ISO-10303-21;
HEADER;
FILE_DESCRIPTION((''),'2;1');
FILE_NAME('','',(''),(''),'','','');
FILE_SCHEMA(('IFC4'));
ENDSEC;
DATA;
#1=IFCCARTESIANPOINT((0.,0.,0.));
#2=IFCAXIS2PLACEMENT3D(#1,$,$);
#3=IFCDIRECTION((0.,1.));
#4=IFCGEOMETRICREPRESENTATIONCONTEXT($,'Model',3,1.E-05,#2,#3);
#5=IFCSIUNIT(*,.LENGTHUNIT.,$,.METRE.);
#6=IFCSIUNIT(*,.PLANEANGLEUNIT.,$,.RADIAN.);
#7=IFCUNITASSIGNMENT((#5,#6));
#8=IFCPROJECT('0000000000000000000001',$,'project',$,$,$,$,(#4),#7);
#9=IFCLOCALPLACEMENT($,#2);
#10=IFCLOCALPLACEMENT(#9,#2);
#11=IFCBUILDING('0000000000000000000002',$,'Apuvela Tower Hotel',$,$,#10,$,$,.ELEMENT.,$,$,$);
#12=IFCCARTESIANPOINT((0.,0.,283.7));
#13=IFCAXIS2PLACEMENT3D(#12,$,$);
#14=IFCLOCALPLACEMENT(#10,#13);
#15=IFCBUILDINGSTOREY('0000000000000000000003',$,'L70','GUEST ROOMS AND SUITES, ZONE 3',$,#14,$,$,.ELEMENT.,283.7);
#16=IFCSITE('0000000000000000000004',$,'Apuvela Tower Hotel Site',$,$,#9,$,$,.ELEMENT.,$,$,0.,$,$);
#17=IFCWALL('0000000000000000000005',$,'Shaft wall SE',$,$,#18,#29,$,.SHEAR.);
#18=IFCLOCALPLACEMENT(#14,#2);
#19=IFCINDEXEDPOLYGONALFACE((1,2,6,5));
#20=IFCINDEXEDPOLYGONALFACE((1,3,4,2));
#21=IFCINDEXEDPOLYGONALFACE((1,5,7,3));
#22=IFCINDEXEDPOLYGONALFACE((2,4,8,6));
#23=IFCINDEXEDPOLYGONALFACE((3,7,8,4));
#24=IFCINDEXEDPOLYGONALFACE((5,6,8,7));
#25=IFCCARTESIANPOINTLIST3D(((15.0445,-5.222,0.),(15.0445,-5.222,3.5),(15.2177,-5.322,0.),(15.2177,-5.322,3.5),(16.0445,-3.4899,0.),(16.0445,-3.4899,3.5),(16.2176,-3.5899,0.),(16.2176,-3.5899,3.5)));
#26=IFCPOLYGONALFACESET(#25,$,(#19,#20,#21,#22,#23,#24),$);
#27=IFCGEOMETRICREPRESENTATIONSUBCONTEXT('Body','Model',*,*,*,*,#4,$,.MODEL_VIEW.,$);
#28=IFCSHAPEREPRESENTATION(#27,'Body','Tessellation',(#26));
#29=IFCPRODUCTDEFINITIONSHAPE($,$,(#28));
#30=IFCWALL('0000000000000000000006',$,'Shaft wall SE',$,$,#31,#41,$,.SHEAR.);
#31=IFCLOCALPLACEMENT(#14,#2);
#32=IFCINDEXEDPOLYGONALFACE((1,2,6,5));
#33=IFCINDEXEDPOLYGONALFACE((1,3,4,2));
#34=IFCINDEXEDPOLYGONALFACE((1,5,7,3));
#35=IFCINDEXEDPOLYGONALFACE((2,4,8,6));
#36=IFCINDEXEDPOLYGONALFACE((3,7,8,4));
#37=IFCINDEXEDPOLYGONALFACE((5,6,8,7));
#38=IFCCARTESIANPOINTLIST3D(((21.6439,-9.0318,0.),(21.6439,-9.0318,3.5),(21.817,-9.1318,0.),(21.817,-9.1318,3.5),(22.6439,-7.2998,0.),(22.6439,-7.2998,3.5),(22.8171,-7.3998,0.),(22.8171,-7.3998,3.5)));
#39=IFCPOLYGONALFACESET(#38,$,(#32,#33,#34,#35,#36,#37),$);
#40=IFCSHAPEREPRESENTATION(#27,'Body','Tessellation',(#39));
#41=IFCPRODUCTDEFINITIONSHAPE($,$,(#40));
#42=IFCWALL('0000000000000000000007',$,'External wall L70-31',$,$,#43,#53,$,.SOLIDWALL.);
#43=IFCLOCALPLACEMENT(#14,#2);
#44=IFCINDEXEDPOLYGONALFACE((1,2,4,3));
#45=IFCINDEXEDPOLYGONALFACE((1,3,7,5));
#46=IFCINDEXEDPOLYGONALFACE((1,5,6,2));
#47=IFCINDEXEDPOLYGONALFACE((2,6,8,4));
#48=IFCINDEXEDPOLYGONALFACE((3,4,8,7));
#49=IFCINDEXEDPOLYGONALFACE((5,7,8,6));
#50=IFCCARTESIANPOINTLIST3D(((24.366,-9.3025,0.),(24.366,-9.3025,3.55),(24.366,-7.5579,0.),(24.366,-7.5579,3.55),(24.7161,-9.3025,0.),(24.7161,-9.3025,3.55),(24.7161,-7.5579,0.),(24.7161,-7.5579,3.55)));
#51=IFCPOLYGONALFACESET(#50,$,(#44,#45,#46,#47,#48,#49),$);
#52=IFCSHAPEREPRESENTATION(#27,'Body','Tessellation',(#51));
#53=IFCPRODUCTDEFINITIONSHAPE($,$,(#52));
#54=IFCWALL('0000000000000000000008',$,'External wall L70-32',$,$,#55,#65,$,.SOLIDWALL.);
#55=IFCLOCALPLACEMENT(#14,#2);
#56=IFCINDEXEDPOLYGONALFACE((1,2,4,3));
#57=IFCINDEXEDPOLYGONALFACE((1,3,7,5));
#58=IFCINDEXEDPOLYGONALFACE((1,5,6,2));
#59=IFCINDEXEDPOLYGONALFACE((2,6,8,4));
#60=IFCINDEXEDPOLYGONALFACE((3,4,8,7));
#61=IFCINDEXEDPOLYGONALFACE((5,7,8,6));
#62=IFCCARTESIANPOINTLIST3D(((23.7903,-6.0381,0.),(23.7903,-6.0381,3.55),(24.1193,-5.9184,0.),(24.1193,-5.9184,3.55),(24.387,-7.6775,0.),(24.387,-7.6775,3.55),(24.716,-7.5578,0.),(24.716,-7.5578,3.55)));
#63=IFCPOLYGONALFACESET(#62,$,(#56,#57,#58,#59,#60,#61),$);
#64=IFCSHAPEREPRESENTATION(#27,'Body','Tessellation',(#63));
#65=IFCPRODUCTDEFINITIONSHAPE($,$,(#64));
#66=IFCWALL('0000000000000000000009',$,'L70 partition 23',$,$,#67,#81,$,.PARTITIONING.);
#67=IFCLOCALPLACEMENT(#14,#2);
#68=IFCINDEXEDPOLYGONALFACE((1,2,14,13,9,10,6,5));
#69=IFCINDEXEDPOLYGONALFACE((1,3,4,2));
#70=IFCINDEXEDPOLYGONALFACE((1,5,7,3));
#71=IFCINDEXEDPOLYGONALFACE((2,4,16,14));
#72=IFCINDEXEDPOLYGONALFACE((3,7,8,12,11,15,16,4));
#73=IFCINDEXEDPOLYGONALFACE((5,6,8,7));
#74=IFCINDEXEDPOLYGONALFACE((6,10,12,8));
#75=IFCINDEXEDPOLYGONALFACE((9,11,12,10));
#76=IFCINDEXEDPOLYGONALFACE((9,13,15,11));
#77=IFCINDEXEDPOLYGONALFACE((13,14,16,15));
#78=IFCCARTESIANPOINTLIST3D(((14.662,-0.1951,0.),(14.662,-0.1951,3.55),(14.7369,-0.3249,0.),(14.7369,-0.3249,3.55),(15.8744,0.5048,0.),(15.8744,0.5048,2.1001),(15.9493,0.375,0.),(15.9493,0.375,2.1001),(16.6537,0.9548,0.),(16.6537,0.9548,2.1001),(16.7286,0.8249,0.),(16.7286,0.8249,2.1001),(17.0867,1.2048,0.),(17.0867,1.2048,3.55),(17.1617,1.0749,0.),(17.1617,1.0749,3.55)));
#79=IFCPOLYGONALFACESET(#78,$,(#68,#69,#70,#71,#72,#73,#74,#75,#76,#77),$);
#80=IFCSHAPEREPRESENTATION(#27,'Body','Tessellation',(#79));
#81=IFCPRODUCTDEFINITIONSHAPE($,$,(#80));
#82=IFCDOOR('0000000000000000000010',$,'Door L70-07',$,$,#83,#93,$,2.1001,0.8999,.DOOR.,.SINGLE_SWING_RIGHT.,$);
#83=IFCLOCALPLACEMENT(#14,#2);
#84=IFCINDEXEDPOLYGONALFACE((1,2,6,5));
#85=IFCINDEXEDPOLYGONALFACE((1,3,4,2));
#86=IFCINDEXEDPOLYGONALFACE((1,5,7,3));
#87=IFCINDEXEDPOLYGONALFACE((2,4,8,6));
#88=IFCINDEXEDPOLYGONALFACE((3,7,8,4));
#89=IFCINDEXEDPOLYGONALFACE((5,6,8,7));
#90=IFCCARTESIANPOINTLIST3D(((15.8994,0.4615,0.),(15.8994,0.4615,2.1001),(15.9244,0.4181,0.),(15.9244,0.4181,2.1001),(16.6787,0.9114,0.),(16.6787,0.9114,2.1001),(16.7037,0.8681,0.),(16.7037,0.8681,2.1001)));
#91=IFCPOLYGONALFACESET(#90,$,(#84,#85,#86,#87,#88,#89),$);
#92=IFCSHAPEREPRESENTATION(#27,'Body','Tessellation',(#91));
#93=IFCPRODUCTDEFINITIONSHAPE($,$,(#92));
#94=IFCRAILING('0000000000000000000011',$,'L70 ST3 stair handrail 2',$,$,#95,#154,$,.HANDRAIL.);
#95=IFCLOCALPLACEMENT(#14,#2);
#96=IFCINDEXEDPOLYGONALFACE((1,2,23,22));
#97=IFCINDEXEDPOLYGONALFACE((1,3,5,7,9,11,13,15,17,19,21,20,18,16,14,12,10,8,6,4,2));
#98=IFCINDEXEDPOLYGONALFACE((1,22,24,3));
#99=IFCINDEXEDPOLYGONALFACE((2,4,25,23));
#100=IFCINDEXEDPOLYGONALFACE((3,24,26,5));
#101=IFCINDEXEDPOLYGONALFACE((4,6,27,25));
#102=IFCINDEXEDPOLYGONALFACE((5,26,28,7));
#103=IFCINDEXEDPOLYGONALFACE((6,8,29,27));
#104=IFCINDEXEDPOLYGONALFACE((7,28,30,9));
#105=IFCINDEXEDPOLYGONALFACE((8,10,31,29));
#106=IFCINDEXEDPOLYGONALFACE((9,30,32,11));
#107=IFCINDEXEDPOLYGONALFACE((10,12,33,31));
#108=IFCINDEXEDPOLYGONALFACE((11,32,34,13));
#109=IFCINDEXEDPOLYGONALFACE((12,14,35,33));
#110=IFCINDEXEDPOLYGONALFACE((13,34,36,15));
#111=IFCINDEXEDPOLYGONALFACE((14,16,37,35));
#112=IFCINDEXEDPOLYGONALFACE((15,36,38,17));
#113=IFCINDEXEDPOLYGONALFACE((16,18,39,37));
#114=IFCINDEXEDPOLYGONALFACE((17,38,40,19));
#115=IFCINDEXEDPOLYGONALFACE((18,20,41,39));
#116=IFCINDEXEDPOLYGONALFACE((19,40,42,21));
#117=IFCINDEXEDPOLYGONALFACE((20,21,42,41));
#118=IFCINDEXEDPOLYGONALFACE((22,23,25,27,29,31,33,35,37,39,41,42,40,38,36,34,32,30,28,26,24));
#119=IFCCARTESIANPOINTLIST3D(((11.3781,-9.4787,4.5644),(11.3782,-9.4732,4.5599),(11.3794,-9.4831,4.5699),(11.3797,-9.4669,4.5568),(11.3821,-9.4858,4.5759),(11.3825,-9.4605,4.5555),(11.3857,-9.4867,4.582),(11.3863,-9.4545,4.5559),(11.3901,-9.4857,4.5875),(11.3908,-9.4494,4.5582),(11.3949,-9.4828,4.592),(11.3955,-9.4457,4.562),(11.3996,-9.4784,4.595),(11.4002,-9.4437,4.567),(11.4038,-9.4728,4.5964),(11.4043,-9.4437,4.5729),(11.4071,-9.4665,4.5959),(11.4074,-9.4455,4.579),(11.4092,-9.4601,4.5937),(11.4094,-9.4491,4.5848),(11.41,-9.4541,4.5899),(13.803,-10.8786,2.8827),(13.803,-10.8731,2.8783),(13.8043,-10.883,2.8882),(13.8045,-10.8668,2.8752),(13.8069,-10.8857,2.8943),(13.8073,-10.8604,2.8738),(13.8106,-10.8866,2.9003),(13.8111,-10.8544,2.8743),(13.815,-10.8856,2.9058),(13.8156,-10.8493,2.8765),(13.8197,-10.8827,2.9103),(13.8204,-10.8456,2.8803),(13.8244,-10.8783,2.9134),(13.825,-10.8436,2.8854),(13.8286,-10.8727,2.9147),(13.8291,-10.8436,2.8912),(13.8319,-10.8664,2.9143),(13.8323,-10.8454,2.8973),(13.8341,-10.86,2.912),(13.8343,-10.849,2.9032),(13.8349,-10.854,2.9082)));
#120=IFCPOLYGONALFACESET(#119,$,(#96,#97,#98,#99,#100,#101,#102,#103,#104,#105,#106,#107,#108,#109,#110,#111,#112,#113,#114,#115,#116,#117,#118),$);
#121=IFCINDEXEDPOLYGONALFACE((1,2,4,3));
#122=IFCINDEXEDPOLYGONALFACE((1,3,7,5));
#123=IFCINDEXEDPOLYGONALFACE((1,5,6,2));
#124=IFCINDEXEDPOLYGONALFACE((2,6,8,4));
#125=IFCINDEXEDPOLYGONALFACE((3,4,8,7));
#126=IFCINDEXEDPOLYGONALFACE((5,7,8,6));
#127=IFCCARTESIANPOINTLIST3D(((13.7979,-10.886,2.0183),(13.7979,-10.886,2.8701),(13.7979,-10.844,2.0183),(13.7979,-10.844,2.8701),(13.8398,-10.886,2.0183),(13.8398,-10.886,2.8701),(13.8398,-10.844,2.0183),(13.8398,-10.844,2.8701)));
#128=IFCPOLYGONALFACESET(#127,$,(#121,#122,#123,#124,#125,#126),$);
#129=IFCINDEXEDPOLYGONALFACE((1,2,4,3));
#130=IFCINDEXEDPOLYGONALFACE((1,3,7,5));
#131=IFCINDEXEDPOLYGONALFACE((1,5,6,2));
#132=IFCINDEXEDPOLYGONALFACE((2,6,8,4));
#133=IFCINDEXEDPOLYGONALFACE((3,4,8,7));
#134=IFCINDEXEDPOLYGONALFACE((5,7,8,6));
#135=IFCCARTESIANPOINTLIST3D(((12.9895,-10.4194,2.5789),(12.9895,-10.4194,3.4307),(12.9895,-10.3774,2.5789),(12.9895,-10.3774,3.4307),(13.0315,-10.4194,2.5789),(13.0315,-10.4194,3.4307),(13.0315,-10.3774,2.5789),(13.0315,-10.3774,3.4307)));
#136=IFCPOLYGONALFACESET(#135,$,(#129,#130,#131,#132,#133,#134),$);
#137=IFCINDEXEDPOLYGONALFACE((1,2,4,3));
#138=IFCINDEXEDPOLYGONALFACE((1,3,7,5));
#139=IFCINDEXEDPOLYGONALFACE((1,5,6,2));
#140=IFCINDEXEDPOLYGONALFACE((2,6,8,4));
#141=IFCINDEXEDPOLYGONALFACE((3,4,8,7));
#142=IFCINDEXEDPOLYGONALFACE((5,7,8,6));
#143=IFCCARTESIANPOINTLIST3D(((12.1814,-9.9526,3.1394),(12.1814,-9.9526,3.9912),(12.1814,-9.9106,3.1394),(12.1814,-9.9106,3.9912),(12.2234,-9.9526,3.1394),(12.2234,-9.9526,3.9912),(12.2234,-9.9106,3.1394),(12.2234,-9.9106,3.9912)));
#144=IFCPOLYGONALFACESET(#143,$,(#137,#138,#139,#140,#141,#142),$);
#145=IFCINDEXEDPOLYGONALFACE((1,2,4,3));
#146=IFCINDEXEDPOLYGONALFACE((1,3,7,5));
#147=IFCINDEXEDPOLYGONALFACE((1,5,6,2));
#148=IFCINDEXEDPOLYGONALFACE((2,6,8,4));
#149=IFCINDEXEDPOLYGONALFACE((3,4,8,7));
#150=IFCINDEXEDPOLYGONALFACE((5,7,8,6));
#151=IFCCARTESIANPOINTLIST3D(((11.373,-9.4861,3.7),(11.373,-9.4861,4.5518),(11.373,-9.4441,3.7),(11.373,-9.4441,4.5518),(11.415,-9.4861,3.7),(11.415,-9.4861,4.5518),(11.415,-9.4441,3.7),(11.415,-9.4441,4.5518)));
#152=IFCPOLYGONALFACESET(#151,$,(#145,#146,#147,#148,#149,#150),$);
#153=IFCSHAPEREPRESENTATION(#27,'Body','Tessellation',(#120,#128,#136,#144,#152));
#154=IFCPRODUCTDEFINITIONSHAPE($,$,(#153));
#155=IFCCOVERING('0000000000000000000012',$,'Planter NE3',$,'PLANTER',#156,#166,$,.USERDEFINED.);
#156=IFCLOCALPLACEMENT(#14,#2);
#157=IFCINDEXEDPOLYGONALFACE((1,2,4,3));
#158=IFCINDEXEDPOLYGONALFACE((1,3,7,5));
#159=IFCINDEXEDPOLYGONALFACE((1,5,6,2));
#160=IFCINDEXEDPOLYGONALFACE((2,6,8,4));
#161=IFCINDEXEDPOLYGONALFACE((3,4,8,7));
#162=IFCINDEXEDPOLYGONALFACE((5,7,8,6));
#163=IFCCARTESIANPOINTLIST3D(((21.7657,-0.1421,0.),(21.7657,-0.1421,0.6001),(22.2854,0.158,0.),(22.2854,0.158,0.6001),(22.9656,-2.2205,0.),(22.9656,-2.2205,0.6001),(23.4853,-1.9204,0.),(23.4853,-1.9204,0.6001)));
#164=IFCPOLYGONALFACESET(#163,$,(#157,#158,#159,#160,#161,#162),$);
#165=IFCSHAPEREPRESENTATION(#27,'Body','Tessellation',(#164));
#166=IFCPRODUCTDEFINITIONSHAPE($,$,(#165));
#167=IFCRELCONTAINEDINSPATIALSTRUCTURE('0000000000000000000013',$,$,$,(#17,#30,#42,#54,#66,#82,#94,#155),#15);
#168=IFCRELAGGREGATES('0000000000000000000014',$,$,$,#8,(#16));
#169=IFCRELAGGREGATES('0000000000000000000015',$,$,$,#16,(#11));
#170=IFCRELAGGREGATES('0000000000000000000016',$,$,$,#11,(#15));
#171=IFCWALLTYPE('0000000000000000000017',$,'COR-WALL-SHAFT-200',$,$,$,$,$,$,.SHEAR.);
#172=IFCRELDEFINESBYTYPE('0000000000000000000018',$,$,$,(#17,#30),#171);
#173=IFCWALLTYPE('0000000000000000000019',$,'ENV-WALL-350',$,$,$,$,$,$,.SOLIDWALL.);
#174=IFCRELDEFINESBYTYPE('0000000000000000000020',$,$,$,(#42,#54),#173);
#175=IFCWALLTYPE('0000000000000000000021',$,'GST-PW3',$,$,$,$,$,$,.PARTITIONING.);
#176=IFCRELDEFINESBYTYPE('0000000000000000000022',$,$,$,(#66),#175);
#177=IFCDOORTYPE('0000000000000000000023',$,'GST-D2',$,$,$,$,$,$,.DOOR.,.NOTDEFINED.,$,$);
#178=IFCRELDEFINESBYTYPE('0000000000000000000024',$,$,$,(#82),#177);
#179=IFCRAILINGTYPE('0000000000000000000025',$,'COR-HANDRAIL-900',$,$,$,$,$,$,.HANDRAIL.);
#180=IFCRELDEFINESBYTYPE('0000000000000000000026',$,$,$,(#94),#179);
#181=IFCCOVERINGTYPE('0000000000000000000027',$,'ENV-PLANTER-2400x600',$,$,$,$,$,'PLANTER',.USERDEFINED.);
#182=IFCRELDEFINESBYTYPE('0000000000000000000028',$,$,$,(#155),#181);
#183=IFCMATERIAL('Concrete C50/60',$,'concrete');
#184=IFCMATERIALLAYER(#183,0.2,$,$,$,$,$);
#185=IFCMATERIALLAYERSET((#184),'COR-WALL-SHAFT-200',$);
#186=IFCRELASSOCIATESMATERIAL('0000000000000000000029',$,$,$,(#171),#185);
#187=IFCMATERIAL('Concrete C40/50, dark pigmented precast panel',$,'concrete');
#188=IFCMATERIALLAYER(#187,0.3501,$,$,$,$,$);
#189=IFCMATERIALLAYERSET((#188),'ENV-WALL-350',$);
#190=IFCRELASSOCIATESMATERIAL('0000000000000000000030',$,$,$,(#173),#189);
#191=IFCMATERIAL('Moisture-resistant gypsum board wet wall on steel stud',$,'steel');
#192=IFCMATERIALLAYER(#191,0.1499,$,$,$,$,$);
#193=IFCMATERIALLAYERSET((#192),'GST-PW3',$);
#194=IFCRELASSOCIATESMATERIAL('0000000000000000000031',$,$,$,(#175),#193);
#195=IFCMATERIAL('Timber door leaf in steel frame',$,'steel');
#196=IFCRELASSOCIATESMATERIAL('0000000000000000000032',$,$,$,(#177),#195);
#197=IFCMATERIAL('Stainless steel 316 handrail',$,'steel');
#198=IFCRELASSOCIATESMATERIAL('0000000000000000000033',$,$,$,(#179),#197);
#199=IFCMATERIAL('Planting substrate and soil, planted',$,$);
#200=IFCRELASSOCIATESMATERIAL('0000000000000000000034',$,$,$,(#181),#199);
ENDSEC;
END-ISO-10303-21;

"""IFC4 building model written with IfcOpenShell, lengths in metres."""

from ifc_helpers import new_model, si_unit, direction, frame, frame_2d, origin, origin_2d, place, context, subcontext, project, spatial, rectangle, circle, extrude, material, layer, layer_set, type_object, element, fill, save


model = new_model("IFC4")

# Units and contexts
model_context = context("Model", 3, precision=1e-05, world=origin(), true_north=direction((0.0, 1.0)))
body_context = subcontext(model_context, "Body", "Model", "MODEL_VIEW")
ifc_project = project(units=[si_unit("LENGTHUNIT", "METRE"), si_unit("PLANEANGLEUNIT", "RADIAN")], contexts=[model_context])

# Site, building, storey
site_placement = place(None, origin())
site = spatial("IfcSite", under=ifc_project, at=site_placement, Name="Apuvela Tower Hotel Site", CompositionType="ELEMENT", RefElevation=0.0)
building_placement = place(site_placement, origin())
building = spatial("IfcBuilding", under=site, at=building_placement, Name="Apuvela Tower Hotel", CompositionType="ELEMENT")
storey_placement = place(building_placement, frame((0.0, 0.0, 283.7)))
storey = spatial("IfcBuildingStorey", under=building, at=storey_placement, Name="L70", Description="GUEST ROOMS AND SUITES, ZONE 3", CompositionType="ELEMENT", Elevation=283.7)

# Walls
ifc_material_1 = material(Name="Concrete C50/60", Category="concrete")
ifc_layer_1 = layer(ifc_material_1, 0.2)
ifc_layer_set_1 = layer_set([ifc_layer_1], Name="COR-WALL-SHAFT-200")
wall_type_1 = type_object("IfcWallType", Name="COR-WALL-SHAFT-200", PredefinedType="SHEAR", material=ifc_layer_set_1)
for number, where, z_axis, x_axis, name in (
    (1, (15.1311, -5.272, 0.0), (0.0, 0.0, 1.0), (0.499973, 0.866041, 0.0), "Shaft wall SE"),
    (2, (21.7305, -9.0818, 0.0), (0.0, 0.0, 1.0), (0.500025, 0.866011, 0.0), "Shaft wall SE"),
):
    element("IfcWall", number, at=place(storey_placement, frame(where, z_axis=z_axis, x_axis=x_axis)), inside=storey, type_object=wall_type_1, Name=name, PredefinedType="SHEAR", context=body_context, shape_type="SweptSolid", body=[
        extrude(rectangle(XDim=2.0, YDim=0.2, at=frame_2d((1.0, 0.0))), origin(), (0.0, 0.0, 1.0), 3.5),
    ])
ifc_material_2 = material(Name="Concrete C40/50, dark pigmented precast panel", Category="concrete")
ifc_layer_2 = layer(ifc_material_2, 0.3501)
ifc_layer_set_2 = layer_set([ifc_layer_2], Name="ENV-WALL-350")
wall_type_2 = type_object("IfcWallType", Name="ENV-WALL-350", PredefinedType="SOLIDWALL", material=ifc_layer_set_2)
for number, where, z_axis, x_axis, name in (
    (3, (24.541, -9.3025, 0.0), (0.0, 0.0, 1.0), (0.0, 1.0, 0.0), "External wall L70-31"),
    (4, (24.5515, -7.6177, 0.0), (0.0, 0.0, 1.0), (-0.342013, 0.939695, 0.0), "External wall L70-32"),
):
    element("IfcWall", number, at=place(storey_placement, frame(where, z_axis=z_axis, x_axis=x_axis)), inside=storey, type_object=wall_type_2, Name=name, PredefinedType="SOLIDWALL", context=body_context, shape_type="SweptSolid", body=[
        extrude(rectangle(XDim=1.7446, YDim=0.3501, at=frame_2d((0.8723, 0.0))), origin(), (0.0, 0.0, 1.0), 3.55),
    ])

# Wall, opening, door
ifc_material_3 = material(Name="Moisture-resistant gypsum board wet wall on steel stud", Category="steel")
ifc_layer_3 = layer(ifc_material_3, 0.1499)
ifc_layer_set_3 = layer_set([ifc_layer_3], Name="GST-PW3")
wall_type_3 = type_object("IfcWallType", Name="GST-PW3", PredefinedType="PARTITIONING", material=ifc_layer_set_3)
wall_1_placement = place(storey_placement, frame((14.6995, -0.26, 0.0), z_axis=(0.0, 0.0, 1.0), x_axis=(0.866035, 0.499984, 0.0)))
wall_1 = element("IfcWall", 5, at=wall_1_placement, inside=storey, type_object=wall_type_3, Name="L70 partition 23", PredefinedType="PARTITIONING", context=body_context, shape_type="SweptSolid", body=[
    extrude(rectangle(XDim=2.7998, YDim=0.1499, at=frame_2d((1.3999, 0.0))), origin(), (0.0, 0.0, 1.0), 3.55),
])
opening_1_placement = place(wall_1_placement, frame((1.3999, 0.0, 0.0)))
opening_1 = element("IfcOpeningElement", 6, at=opening_1_placement, cuts=wall_1, PredefinedType="OPENING", context=body_context, shape_type="SweptSolid", body=[
    extrude(rectangle(XDim=0.8999, YDim=2.1001, at=frame_2d((0.45, 1.05))), frame((0.0, 0.085, 0.0), z_axis=(0.0, -1.0, 0.0), x_axis=(1.0, 0.0, 0.0)), (0.0, 0.0, 1.0), 0.1699),
])
ifc_material_4 = material(Name="Timber door leaf in steel frame", Category="steel")
door_type_1 = type_object("IfcDoorType", Name="GST-D2", OperationType="NOTDEFINED", PredefinedType="DOOR", material=ifc_material_4)
door_1_placement = place(opening_1_placement, origin())
door_1 = element("IfcDoor", 7, at=door_1_placement, inside=storey, type_object=door_type_1, Name="Door L70-07", OperationType="SINGLE_SWING_RIGHT", OverallHeight=2.1001, OverallWidth=0.8999, PredefinedType="DOOR", context=body_context, shape_type="SweptSolid", body=[
    extrude(rectangle(XDim=0.8999, YDim=2.1001, at=frame_2d((0.45, 1.05))), frame((0.0, 0.0249, 0.0), z_axis=(0.0, -1.0, 0.0), x_axis=(1.0, 0.0, 0.0)), (0.0, 0.0, 1.0), 0.05),
])
fill(opening_1, door_1)

# Railing
ifc_material_5 = material(Name="Stainless steel 316 handrail", Category="steel")
railing_type_1 = type_object("IfcRailingType", Name="COR-HANDRAIL-900", PredefinedType="HANDRAIL", material=ifc_material_5)
railing_1_placement = place(storey_placement, frame((13.8188, -10.865, 2.0183)))
element("IfcRailing", 8, at=railing_1_placement, inside=storey, type_object=railing_type_1, Name="L70 ST3 stair handrail 2", PredefinedType="HANDRAIL", context=body_context, shape_type="SweptSolid", body=[
    extrude(circle(Radius=0.0239, at=origin_2d()), frame((0.0, 0.0, 0.876), z_axis=(-0.742419, 0.428618, 0.514879), x_axis=(-0.499984, -0.866035, 0.0)), (0.0, 0.0, 1.0), 3.2661),
    extrude(rectangle(XDim=0.042, YDim=0.042, at=origin_2d()), origin(), (0.0, 0.0, 1.0), 0.8518),
    extrude(rectangle(XDim=0.042, YDim=0.042, at=origin_2d()), frame((-0.8083, 0.4666, 0.5605)), (0.0, 0.0, 1.0), 0.8518),
    extrude(rectangle(XDim=0.042, YDim=0.042, at=origin_2d()), frame((-1.6165, 0.9333, 1.1211)), (0.0, 0.0, 1.0), 0.8518),
    extrude(rectangle(XDim=0.042, YDim=0.042, at=origin_2d()), frame((-2.4248, 1.3999, 1.6816)), (0.0, 0.0, 1.0), 0.8518),
])

# Covering
ifc_material_6 = material(Name="Planting substrate and soil, planted")
covering_type = type_object("IfcCoveringType", Name="ENV-PLANTER-2400x600", ElementType="PLANTER", PredefinedType="USERDEFINED", material=ifc_material_6)
covering_placement = place(storey_placement, frame((22.6255, -1.0312, 0.0), z_axis=(0.0, 0.0, 1.0), x_axis=(-0.5, 0.866025, 0.0)))
element("IfcCovering", 9, at=covering_placement, inside=storey, type_object=covering_type, Name="Planter NE3", ObjectType="PLANTER", PredefinedType="USERDEFINED", context=body_context, shape_type="SweptSolid", body=[
    extrude(rectangle(XDim=2.3999, YDim=0.6001, at=origin_2d()), origin(), (0.0, 0.0, 1.0), 0.6001),
])

save(model, "model.ifc")
